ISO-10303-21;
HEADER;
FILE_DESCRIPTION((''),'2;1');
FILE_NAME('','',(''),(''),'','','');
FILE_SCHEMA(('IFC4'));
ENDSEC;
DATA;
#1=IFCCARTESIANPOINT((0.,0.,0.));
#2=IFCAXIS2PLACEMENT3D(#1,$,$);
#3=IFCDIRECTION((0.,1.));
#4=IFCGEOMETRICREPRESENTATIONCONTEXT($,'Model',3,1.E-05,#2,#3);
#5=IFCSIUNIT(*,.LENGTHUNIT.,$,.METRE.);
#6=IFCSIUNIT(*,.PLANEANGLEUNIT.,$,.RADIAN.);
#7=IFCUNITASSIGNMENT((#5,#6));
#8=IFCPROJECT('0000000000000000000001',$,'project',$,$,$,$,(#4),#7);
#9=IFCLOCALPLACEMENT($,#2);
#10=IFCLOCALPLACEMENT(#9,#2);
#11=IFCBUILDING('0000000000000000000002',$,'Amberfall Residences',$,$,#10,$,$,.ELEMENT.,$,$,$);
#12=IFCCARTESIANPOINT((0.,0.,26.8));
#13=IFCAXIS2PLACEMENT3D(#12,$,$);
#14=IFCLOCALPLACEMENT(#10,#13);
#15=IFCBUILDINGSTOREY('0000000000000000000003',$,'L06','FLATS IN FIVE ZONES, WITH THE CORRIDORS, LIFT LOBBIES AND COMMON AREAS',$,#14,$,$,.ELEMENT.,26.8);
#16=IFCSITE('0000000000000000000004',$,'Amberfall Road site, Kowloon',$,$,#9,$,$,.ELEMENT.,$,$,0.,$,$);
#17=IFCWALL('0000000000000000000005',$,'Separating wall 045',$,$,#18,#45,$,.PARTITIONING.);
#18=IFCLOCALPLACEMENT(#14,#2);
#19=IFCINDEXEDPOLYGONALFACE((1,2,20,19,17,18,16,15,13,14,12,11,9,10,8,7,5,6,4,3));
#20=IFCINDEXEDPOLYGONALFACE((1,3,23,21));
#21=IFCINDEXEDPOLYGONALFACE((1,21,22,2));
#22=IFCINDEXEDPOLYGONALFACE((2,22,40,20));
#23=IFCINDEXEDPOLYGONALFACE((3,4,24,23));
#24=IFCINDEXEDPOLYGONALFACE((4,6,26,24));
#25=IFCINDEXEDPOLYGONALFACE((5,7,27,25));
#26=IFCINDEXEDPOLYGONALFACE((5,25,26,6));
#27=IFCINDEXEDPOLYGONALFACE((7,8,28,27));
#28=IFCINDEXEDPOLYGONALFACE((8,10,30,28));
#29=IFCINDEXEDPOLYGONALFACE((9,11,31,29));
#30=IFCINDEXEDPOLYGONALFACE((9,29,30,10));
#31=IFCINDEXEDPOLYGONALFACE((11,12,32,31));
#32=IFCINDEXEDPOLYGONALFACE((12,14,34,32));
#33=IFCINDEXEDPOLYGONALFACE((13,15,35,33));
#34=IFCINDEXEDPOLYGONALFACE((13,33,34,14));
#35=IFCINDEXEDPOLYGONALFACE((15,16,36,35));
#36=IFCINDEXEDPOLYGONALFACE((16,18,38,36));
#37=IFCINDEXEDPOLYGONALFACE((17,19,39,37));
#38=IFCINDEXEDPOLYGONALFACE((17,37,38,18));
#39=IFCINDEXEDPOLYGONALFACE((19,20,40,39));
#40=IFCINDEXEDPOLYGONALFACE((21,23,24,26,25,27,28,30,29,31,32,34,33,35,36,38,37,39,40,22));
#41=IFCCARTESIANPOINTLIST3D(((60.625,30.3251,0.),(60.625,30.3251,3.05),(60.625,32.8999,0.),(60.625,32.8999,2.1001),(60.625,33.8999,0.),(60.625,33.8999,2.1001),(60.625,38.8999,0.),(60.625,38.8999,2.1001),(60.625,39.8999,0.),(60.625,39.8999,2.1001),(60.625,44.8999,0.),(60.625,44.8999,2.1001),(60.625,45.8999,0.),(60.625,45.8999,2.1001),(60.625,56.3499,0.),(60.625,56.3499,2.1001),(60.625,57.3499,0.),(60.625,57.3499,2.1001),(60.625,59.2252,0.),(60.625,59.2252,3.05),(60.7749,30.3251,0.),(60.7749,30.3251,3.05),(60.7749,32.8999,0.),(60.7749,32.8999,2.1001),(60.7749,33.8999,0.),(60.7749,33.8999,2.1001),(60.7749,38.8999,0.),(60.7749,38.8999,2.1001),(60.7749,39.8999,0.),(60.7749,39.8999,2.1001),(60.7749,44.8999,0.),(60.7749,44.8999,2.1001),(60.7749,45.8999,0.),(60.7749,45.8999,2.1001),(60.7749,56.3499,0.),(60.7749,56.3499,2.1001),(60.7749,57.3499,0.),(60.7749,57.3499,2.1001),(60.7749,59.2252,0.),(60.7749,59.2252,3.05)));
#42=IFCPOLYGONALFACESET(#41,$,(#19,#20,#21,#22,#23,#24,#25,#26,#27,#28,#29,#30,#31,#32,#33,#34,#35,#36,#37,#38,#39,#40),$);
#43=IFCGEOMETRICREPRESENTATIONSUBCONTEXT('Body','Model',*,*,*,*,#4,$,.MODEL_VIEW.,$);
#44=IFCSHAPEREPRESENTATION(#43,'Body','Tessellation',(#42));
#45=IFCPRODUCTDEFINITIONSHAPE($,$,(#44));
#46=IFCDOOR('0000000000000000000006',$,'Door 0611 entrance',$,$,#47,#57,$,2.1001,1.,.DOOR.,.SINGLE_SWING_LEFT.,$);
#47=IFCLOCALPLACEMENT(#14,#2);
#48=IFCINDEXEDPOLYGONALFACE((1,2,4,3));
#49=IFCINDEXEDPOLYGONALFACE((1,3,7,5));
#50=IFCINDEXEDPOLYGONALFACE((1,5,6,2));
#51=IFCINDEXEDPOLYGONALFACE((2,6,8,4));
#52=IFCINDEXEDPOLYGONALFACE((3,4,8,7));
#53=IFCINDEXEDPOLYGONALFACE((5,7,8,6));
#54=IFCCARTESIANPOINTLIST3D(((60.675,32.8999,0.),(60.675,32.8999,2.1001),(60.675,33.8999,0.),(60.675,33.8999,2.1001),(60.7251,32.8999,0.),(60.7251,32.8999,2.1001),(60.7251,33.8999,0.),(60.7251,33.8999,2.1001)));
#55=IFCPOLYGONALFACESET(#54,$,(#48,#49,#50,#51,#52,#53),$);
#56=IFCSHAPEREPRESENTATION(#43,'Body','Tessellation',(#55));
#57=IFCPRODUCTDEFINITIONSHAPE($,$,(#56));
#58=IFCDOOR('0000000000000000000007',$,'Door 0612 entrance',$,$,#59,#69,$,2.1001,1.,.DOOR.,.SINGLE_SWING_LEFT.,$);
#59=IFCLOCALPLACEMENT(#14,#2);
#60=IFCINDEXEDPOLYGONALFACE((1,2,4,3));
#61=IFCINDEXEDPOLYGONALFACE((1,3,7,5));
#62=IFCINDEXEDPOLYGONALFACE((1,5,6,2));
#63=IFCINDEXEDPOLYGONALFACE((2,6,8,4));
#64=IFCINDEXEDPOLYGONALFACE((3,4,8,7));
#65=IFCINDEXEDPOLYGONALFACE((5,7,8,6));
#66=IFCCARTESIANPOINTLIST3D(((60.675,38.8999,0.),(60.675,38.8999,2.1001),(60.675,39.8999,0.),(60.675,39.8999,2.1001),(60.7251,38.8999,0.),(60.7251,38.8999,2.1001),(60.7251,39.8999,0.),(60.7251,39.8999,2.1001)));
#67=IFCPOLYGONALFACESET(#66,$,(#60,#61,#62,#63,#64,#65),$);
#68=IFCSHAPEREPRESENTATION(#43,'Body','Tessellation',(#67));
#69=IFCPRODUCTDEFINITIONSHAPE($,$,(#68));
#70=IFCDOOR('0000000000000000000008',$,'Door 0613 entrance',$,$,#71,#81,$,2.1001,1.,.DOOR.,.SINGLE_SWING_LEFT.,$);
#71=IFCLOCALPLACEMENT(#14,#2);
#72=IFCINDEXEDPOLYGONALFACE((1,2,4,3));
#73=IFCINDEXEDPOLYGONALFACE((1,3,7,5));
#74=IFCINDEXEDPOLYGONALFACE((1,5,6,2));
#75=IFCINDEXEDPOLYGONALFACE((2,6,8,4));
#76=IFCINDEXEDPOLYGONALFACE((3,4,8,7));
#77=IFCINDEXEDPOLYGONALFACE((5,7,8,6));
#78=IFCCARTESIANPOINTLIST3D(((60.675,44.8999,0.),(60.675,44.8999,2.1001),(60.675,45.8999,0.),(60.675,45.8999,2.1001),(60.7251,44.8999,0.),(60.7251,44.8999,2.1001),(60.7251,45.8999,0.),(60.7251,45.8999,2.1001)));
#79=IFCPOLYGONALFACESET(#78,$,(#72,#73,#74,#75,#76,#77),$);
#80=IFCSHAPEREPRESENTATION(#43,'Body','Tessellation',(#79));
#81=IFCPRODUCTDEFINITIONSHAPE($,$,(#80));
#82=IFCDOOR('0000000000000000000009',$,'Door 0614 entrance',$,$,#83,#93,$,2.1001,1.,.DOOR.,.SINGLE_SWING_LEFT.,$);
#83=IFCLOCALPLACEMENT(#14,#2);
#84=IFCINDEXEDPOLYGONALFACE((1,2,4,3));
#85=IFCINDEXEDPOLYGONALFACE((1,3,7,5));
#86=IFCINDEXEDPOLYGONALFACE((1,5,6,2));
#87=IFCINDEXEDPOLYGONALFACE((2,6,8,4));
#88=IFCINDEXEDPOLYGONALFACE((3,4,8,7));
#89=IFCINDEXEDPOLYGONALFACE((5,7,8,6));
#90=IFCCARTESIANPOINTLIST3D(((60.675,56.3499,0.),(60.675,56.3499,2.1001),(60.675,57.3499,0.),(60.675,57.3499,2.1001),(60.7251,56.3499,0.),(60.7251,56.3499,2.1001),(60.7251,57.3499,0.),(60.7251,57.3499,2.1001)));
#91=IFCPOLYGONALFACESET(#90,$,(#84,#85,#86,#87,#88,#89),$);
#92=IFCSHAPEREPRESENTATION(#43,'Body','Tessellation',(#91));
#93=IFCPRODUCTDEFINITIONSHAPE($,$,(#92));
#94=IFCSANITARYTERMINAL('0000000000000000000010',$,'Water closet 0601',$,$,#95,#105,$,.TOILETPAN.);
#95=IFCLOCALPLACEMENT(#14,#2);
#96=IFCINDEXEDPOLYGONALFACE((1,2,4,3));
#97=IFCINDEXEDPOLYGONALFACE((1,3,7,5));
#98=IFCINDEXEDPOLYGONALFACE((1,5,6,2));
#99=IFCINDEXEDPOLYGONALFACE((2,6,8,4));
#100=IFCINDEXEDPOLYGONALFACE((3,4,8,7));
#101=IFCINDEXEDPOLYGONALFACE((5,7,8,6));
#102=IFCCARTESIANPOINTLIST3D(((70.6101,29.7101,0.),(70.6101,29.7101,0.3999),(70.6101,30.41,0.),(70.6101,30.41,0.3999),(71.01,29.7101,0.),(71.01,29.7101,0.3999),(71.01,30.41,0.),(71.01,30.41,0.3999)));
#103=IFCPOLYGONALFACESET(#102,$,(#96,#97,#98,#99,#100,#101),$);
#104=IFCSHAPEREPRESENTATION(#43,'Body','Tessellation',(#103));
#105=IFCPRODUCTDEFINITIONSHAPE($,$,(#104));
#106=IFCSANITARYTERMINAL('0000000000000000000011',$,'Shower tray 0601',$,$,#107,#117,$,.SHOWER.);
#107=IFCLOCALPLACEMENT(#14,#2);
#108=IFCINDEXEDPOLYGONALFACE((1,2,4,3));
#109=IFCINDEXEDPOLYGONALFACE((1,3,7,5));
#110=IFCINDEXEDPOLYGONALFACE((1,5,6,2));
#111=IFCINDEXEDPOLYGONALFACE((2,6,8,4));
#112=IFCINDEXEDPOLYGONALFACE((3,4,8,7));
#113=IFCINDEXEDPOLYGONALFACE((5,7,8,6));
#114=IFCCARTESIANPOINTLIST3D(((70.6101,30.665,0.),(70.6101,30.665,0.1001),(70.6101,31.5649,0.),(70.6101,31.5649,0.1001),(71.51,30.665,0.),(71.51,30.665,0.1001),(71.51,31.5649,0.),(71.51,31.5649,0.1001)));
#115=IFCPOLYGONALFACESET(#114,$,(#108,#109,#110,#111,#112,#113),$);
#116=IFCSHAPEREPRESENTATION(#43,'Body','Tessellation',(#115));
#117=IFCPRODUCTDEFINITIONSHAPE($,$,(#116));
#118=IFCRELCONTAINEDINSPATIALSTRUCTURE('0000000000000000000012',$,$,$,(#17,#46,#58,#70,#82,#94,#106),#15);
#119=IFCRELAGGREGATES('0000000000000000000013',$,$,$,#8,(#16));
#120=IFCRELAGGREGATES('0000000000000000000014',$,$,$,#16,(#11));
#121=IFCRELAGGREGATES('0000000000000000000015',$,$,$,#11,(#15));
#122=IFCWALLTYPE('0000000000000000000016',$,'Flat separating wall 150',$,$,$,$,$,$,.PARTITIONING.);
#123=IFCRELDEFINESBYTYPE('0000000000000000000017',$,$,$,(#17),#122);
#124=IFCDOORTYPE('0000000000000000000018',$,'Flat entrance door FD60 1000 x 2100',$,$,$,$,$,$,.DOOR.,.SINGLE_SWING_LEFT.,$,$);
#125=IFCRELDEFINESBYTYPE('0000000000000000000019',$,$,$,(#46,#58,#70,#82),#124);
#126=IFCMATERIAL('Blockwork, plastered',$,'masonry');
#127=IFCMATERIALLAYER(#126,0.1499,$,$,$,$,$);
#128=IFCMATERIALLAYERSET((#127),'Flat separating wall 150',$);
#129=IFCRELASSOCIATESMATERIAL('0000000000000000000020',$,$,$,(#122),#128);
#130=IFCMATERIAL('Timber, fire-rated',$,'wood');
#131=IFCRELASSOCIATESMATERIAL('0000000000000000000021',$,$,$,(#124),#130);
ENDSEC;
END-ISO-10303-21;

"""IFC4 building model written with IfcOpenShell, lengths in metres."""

from ifc_helpers import new_model, si_unit, direction, frame, frame_2d, origin, origin_2d, place, context, subcontext, project, spatial, rectangle, extrude, material, layer, layer_set, type_object, element, fill, save


model = new_model("IFC4")

# Units and contexts
model_context = context("Model", 3, precision=1e-05, world=origin(), true_north=direction((0.0, 1.0)))
body_context = subcontext(model_context, "Body", "Model", "MODEL_VIEW")
ifc_project = project(units=[si_unit("LENGTHUNIT", "METRE"), si_unit("PLANEANGLEUNIT", "RADIAN")], contexts=[model_context])

# Site, building, storey
site_placement = place(None, origin())
site = spatial("IfcSite", under=ifc_project, at=site_placement, Name="Amberfall Road site, Kowloon", CompositionType="ELEMENT", RefElevation=0.0)
building_placement = place(site_placement, origin())
building = spatial("IfcBuilding", under=site, at=building_placement, Name="Amberfall Residences", CompositionType="ELEMENT")
storey_placement = place(building_placement, frame((0.0, 0.0, 26.8)))
storey = spatial("IfcBuildingStorey", under=building, at=storey_placement, Name="L06", Description="FLATS IN FIVE ZONES, WITH THE CORRIDORS, LIFT LOBBIES AND COMMON AREAS", CompositionType="ELEMENT", Elevation=26.8)

# Wall, openings, doors
ifc_material_1 = material(Name="Blockwork, plastered", Category="masonry")
ifc_layer_1 = layer(ifc_material_1, 0.1499)
ifc_layer_set_1 = layer_set([ifc_layer_1], Name="Flat separating wall 150")
wall_type_1 = type_object("IfcWallType", Name="Flat separating wall 150", PredefinedType="PARTITIONING", material=ifc_layer_set_1)
wall_1_placement = place(storey_placement, frame((60.7, 30.325, 0.0), z_axis=(0.0, 0.0, 1.0), x_axis=(0.0, 1.0, 0.0)))
wall_1 = element("IfcWall", 1, at=wall_1_placement, inside=storey, type_object=wall_type_1, Name="Separating wall 045", PredefinedType="PARTITIONING", context=body_context, shape_type="SweptSolid", body=[
    extrude(rectangle(XDim=28.9001, YDim=0.1499, at=frame_2d((14.4502, 0.0))), origin(), (0.0, 0.0, 1.0), 3.05),
])
opening_1_placement = place(wall_1_placement, frame((2.575, 0.0, 0.0)))
opening_1 = element("IfcOpeningElement", 2, at=opening_1_placement, cuts=wall_1, PredefinedType="OPENING", context=body_context, shape_type="SweptSolid", body=[
    extrude(rectangle(XDim=1.0, YDim=2.1001, at=frame_2d((0.5, 1.05))), frame((0.0, 0.085, 0.0), z_axis=(0.0, -1.0, 0.0), x_axis=(1.0, 0.0, 0.0)), (0.0, 0.0, 1.0), 0.1699),
])
opening_2_placement = place(wall_1_placement, frame((8.575, 0.0, 0.0)))
opening_2 = element("IfcOpeningElement", 3, at=opening_2_placement, cuts=wall_1, PredefinedType="OPENING", context=body_context, shape_type="SweptSolid", body=[
    extrude(rectangle(XDim=1.0, YDim=2.1001, at=frame_2d((0.5, 1.05))), frame((0.0, 0.085, 0.0), z_axis=(0.0, -1.0, 0.0), x_axis=(1.0, 0.0, 0.0)), (0.0, 0.0, 1.0), 0.1699),
])
opening_3_placement = place(wall_1_placement, frame((14.575, 0.0, 0.0)))
opening_3 = element("IfcOpeningElement", 4, at=opening_3_placement, cuts=wall_1, PredefinedType="OPENING", context=body_context, shape_type="SweptSolid", body=[
    extrude(rectangle(XDim=1.0, YDim=2.1001, at=frame_2d((0.5, 1.05))), frame((0.0, 0.085, 0.0), z_axis=(0.0, -1.0, 0.0), x_axis=(1.0, 0.0, 0.0)), (0.0, 0.0, 1.0), 0.1699),
])
opening_4_placement = place(wall_1_placement, frame((26.0249, 0.0, 0.0)))
opening_4 = element("IfcOpeningElement", 5, at=opening_4_placement, cuts=wall_1, PredefinedType="OPENING", context=body_context, shape_type="SweptSolid", body=[
    extrude(rectangle(XDim=1.0, YDim=2.1001, at=frame_2d((0.5, 1.05))), frame((0.0, 0.085, 0.0), z_axis=(0.0, -1.0, 0.0), x_axis=(1.0, 0.0, 0.0)), (0.0, 0.0, 1.0), 0.1699),
])
ifc_material_2 = material(Name="Timber, fire-rated", Category="wood")
door_type_1 = type_object("IfcDoorType", Name="Flat entrance door FD60 1000 x 2100", OperationType="SINGLE_SWING_LEFT", PredefinedType="DOOR", material=ifc_material_2)
door_1_placement = place(opening_1_placement, origin())
door_1 = element("IfcDoor", 6, at=door_1_placement, inside=storey, type_object=door_type_1, Name="Door 0611 entrance", OperationType="SINGLE_SWING_LEFT", OverallHeight=2.1001, OverallWidth=1.0, PredefinedType="DOOR", context=body_context, shape_type="SweptSolid", body=[
    extrude(rectangle(XDim=1.0, YDim=2.1001, at=frame_2d((0.5, 1.05))), frame((0.0, 0.0249, 0.0), z_axis=(0.0, -1.0, 0.0), x_axis=(1.0, 0.0, 0.0)), (0.0, 0.0, 1.0), 0.05),
])
fill(opening_1, door_1)
door_2_placement = place(opening_2_placement, origin())
door_2 = element("IfcDoor", 7, at=door_2_placement, inside=storey, type_object=door_type_1, Name="Door 0612 entrance", OperationType="SINGLE_SWING_LEFT", OverallHeight=2.1001, OverallWidth=1.0, PredefinedType="DOOR", context=body_context, shape_type="SweptSolid", body=[
    extrude(rectangle(XDim=1.0, YDim=2.1001, at=frame_2d((0.5, 1.05))), frame((0.0, 0.0249, 0.0), z_axis=(0.0, -1.0, 0.0), x_axis=(1.0, 0.0, 0.0)), (0.0, 0.0, 1.0), 0.05),
])
fill(opening_2, door_2)
door_3_placement = place(opening_3_placement, origin())
door_3 = element("IfcDoor", 8, at=door_3_placement, inside=storey, type_object=door_type_1, Name="Door 0613 entrance", OperationType="SINGLE_SWING_LEFT", OverallHeight=2.1001, OverallWidth=1.0, PredefinedType="DOOR", context=body_context, shape_type="SweptSolid", body=[
    extrude(rectangle(XDim=1.0, YDim=2.1001, at=frame_2d((0.5, 1.05))), frame((0.0, 0.0249, 0.0), z_axis=(0.0, -1.0, 0.0), x_axis=(1.0, 0.0, 0.0)), (0.0, 0.0, 1.0), 0.05),
])
fill(opening_3, door_3)
door_4_placement = place(opening_4_placement, origin())
door_4 = element("IfcDoor", 9, at=door_4_placement, inside=storey, type_object=door_type_1, Name="Door 0614 entrance", OperationType="SINGLE_SWING_LEFT", OverallHeight=2.1001, OverallWidth=1.0, PredefinedType="DOOR", context=body_context, shape_type="SweptSolid", body=[
    extrude(rectangle(XDim=1.0, YDim=2.1001, at=frame_2d((0.5, 1.05))), frame((0.0, 0.0249, 0.0), z_axis=(0.0, -1.0, 0.0), x_axis=(1.0, 0.0, 0.0)), (0.0, 0.0, 1.0), 0.05),
])
fill(opening_4, door_4)

# Sanitary terminals
sanitary_terminal_1_placement = place(storey_placement, frame((70.8101, 30.0601, 0.0), z_axis=(0.0, 0.0, 1.0), x_axis=(1.0, 0.0, 0.0)))
element("IfcSanitaryTerminal", 10, at=sanitary_terminal_1_placement, inside=storey, Name="Water closet 0601", PredefinedType="TOILETPAN", context=body_context, shape_type="SweptSolid", body=[
    extrude(rectangle(XDim=0.3999, YDim=0.7, at=origin_2d()), origin(), (0.0, 0.0, 1.0), 0.3999),
])
sanitary_terminal_2_placement = place(storey_placement, frame((71.0601, 31.115, 0.0), z_axis=(0.0, 0.0, 1.0), x_axis=(1.0, 0.0, 0.0)))
element("IfcSanitaryTerminal", 11, at=sanitary_terminal_2_placement, inside=storey, Name="Shower tray 0601", PredefinedType="SHOWER", context=body_context, shape_type="SweptSolid", body=[
    extrude(rectangle(XDim=0.8999, YDim=0.8999, at=origin_2d()), origin(), (0.0, 0.0, 1.0), 0.1001),
])

save(model, "model.ifc")
